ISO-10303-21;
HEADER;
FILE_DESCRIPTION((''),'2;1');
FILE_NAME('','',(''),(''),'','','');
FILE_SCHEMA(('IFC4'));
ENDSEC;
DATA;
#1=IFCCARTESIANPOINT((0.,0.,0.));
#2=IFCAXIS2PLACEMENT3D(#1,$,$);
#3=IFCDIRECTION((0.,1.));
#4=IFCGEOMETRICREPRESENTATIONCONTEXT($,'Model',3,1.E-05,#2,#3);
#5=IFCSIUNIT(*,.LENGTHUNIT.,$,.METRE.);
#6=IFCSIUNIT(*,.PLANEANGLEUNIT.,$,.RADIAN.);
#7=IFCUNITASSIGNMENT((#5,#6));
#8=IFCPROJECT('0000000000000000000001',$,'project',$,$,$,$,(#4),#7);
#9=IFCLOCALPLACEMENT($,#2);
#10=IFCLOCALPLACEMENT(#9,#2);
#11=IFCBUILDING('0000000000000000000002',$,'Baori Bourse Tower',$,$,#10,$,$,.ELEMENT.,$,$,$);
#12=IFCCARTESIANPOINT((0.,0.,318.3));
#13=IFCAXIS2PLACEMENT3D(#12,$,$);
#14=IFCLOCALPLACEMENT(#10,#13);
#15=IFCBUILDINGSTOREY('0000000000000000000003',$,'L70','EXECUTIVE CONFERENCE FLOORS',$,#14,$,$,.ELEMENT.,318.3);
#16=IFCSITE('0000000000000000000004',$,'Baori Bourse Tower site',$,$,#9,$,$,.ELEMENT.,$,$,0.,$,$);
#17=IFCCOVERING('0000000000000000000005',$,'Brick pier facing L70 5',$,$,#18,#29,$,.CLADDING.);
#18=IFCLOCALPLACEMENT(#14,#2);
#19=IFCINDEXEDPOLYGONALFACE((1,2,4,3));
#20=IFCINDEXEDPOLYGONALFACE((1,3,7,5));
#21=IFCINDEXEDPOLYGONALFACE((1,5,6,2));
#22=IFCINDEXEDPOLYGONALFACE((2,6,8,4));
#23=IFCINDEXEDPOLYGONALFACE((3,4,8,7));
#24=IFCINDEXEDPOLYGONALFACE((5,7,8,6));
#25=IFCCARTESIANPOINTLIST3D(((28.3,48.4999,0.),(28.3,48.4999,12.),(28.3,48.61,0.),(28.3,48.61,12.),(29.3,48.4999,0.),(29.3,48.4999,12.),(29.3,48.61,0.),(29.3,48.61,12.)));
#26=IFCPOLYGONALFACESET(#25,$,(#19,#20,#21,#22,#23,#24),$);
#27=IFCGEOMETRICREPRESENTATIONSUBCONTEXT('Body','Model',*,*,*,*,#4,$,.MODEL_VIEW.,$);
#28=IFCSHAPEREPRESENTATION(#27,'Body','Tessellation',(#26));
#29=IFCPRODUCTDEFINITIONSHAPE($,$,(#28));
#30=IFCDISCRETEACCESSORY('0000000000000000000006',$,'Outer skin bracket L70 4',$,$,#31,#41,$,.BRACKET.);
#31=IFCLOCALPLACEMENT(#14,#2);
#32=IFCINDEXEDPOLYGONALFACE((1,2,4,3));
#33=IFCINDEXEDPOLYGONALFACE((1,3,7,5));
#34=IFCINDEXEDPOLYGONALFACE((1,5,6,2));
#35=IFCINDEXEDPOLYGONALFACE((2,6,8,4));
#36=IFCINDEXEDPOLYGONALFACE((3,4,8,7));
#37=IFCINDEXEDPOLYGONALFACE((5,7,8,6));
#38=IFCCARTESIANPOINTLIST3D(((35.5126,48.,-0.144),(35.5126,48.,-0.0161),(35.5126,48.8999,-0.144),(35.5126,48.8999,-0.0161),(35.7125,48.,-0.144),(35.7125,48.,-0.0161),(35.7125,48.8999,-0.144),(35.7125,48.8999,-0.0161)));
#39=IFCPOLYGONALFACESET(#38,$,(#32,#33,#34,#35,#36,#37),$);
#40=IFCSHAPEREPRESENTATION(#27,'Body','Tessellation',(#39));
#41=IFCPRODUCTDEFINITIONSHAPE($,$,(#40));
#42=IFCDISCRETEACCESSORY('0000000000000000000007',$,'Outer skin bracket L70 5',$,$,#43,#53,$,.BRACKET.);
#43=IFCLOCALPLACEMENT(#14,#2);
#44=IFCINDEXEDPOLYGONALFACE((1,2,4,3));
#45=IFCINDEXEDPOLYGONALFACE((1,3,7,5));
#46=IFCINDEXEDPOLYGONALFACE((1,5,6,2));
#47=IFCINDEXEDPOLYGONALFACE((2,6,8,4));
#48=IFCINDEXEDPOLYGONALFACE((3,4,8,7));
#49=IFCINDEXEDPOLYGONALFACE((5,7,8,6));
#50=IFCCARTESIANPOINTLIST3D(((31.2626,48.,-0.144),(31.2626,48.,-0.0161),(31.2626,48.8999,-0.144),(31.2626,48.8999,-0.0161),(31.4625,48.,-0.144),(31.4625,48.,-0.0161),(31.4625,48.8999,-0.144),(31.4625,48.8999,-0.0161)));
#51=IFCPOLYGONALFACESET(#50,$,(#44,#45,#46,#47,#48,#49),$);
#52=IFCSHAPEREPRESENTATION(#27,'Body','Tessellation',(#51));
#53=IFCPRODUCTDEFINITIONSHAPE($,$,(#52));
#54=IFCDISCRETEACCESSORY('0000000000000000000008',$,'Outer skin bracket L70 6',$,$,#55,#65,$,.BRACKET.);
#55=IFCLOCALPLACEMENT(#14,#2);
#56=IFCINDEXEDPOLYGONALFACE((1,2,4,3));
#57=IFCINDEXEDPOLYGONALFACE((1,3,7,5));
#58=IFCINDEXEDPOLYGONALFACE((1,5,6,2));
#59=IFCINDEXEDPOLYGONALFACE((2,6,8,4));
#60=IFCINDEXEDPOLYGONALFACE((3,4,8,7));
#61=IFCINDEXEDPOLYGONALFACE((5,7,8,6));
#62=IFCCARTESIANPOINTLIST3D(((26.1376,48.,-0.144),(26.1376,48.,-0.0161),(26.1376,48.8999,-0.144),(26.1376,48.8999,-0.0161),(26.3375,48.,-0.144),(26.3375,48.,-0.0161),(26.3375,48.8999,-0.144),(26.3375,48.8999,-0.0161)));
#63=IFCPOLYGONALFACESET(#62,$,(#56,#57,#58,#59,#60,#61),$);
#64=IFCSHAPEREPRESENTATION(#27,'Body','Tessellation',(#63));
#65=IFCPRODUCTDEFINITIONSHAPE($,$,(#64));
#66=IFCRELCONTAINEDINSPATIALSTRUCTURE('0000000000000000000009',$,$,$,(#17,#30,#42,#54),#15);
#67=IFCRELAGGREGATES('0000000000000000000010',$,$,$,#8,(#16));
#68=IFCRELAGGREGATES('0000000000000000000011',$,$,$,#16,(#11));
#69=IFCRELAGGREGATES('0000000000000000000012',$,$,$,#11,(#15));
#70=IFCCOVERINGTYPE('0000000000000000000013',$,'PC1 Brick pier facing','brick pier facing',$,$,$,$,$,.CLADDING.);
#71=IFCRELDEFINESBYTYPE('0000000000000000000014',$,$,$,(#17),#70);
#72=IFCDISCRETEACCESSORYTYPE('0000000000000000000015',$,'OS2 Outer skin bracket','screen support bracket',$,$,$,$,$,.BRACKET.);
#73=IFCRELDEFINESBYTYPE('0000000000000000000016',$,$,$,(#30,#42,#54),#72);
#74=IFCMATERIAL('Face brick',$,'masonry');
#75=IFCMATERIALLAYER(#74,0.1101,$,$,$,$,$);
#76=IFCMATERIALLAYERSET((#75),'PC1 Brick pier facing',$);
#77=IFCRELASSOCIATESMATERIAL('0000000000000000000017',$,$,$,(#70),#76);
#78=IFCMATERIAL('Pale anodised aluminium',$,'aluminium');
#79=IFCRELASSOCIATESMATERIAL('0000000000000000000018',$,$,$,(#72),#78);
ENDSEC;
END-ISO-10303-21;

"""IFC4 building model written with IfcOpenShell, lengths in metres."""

from ifc_helpers import new_model, si_unit, direction, frame, origin, origin_2d, place, context, subcontext, project, spatial, rectangle, extrude, material, layer, layer_set, type_object, element, save


model = new_model("IFC4")

# Units and contexts
model_context = context("Model", 3, precision=1e-05, world=origin(), true_north=direction((0.0, 1.0)))
body_context = subcontext(model_context, "Body", "Model", "MODEL_VIEW")
ifc_project = project(units=[si_unit("LENGTHUNIT", "METRE"), si_unit("PLANEANGLEUNIT", "RADIAN")], contexts=[model_context])

# Site, building, storey
site_placement = place(None, origin())
site = spatial("IfcSite", under=ifc_project, at=site_placement, Name="Baori Bourse Tower site", CompositionType="ELEMENT", RefElevation=0.0)
building_placement = place(site_placement, origin())
building = spatial("IfcBuilding", under=site, at=building_placement, Name="Baori Bourse Tower", CompositionType="ELEMENT")
storey_placement = place(building_placement, frame((0.0, 0.0, 318.3)))
storey = spatial("IfcBuildingStorey", under=building, at=storey_placement, Name="L70", Description="EXECUTIVE CONFERENCE FLOORS", CompositionType="ELEMENT", Elevation=318.3)

# Covering
ifc_material_1 = material(Name="Face brick", Category="masonry")
ifc_layer_1 = layer(ifc_material_1, 0.1101)
ifc_layer_set_1 = layer_set([ifc_layer_1], Name="PC1 Brick pier facing")
covering_type = type_object("IfcCoveringType", Name="PC1 Brick pier facing", Description="brick pier facing", PredefinedType="CLADDING", material=ifc_layer_set_1)
covering_placement = place(storey_placement, frame((28.8, 48.5549, 0.0), z_axis=(0.0, 0.0, 1.0), x_axis=(1.0, 0.0, 0.0)))
element("IfcCovering", 1, at=covering_placement, inside=storey, type_object=covering_type, Name="Brick pier facing L70 5", PredefinedType="CLADDING", context=body_context, shape_type="SweptSolid", body=[
    extrude(rectangle(XDim=1.0, YDim=0.1101, at=origin_2d()), origin(), (0.0, 0.0, 1.0), 12.0),
])

# Discrete accessories
ifc_material_2 = material(Name="Pale anodised aluminium", Category="aluminium")
discrete_accessory_type = type_object("IfcDiscreteAccessoryType", Name="OS2 Outer skin bracket", Description="screen support bracket", PredefinedType="BRACKET", material=ifc_material_2)
for number, where, z_axis, x_axis, name in (
    (2, (35.6125, 48.45, -0.144), (0.0, 0.0, 1.0), (-1.0, 0.0, 0.0), "Outer skin bracket L70 4"),
    (3, (31.3625, 48.45, -0.144), (0.0, 0.0, 1.0), (-1.0, 0.0, 0.0), "Outer skin bracket L70 5"),
    (4, (26.2375, 48.45, -0.144), (0.0, 0.0, 1.0), (-1.0, 0.0, 0.0), "Outer skin bracket L70 6"),
):
    element("IfcDiscreteAccessory", number, at=place(storey_placement, frame(where, z_axis=z_axis, x_axis=x_axis)), inside=storey, type_object=discrete_accessory_type, Name=name, PredefinedType="BRACKET", context=body_context, shape_type="SweptSolid", body=[
        extrude(rectangle(XDim=0.2, YDim=0.8999, at=origin_2d()), origin(), (0.0, 0.0, 1.0), 0.1279),
    ])

save(model, "model.ifc")
